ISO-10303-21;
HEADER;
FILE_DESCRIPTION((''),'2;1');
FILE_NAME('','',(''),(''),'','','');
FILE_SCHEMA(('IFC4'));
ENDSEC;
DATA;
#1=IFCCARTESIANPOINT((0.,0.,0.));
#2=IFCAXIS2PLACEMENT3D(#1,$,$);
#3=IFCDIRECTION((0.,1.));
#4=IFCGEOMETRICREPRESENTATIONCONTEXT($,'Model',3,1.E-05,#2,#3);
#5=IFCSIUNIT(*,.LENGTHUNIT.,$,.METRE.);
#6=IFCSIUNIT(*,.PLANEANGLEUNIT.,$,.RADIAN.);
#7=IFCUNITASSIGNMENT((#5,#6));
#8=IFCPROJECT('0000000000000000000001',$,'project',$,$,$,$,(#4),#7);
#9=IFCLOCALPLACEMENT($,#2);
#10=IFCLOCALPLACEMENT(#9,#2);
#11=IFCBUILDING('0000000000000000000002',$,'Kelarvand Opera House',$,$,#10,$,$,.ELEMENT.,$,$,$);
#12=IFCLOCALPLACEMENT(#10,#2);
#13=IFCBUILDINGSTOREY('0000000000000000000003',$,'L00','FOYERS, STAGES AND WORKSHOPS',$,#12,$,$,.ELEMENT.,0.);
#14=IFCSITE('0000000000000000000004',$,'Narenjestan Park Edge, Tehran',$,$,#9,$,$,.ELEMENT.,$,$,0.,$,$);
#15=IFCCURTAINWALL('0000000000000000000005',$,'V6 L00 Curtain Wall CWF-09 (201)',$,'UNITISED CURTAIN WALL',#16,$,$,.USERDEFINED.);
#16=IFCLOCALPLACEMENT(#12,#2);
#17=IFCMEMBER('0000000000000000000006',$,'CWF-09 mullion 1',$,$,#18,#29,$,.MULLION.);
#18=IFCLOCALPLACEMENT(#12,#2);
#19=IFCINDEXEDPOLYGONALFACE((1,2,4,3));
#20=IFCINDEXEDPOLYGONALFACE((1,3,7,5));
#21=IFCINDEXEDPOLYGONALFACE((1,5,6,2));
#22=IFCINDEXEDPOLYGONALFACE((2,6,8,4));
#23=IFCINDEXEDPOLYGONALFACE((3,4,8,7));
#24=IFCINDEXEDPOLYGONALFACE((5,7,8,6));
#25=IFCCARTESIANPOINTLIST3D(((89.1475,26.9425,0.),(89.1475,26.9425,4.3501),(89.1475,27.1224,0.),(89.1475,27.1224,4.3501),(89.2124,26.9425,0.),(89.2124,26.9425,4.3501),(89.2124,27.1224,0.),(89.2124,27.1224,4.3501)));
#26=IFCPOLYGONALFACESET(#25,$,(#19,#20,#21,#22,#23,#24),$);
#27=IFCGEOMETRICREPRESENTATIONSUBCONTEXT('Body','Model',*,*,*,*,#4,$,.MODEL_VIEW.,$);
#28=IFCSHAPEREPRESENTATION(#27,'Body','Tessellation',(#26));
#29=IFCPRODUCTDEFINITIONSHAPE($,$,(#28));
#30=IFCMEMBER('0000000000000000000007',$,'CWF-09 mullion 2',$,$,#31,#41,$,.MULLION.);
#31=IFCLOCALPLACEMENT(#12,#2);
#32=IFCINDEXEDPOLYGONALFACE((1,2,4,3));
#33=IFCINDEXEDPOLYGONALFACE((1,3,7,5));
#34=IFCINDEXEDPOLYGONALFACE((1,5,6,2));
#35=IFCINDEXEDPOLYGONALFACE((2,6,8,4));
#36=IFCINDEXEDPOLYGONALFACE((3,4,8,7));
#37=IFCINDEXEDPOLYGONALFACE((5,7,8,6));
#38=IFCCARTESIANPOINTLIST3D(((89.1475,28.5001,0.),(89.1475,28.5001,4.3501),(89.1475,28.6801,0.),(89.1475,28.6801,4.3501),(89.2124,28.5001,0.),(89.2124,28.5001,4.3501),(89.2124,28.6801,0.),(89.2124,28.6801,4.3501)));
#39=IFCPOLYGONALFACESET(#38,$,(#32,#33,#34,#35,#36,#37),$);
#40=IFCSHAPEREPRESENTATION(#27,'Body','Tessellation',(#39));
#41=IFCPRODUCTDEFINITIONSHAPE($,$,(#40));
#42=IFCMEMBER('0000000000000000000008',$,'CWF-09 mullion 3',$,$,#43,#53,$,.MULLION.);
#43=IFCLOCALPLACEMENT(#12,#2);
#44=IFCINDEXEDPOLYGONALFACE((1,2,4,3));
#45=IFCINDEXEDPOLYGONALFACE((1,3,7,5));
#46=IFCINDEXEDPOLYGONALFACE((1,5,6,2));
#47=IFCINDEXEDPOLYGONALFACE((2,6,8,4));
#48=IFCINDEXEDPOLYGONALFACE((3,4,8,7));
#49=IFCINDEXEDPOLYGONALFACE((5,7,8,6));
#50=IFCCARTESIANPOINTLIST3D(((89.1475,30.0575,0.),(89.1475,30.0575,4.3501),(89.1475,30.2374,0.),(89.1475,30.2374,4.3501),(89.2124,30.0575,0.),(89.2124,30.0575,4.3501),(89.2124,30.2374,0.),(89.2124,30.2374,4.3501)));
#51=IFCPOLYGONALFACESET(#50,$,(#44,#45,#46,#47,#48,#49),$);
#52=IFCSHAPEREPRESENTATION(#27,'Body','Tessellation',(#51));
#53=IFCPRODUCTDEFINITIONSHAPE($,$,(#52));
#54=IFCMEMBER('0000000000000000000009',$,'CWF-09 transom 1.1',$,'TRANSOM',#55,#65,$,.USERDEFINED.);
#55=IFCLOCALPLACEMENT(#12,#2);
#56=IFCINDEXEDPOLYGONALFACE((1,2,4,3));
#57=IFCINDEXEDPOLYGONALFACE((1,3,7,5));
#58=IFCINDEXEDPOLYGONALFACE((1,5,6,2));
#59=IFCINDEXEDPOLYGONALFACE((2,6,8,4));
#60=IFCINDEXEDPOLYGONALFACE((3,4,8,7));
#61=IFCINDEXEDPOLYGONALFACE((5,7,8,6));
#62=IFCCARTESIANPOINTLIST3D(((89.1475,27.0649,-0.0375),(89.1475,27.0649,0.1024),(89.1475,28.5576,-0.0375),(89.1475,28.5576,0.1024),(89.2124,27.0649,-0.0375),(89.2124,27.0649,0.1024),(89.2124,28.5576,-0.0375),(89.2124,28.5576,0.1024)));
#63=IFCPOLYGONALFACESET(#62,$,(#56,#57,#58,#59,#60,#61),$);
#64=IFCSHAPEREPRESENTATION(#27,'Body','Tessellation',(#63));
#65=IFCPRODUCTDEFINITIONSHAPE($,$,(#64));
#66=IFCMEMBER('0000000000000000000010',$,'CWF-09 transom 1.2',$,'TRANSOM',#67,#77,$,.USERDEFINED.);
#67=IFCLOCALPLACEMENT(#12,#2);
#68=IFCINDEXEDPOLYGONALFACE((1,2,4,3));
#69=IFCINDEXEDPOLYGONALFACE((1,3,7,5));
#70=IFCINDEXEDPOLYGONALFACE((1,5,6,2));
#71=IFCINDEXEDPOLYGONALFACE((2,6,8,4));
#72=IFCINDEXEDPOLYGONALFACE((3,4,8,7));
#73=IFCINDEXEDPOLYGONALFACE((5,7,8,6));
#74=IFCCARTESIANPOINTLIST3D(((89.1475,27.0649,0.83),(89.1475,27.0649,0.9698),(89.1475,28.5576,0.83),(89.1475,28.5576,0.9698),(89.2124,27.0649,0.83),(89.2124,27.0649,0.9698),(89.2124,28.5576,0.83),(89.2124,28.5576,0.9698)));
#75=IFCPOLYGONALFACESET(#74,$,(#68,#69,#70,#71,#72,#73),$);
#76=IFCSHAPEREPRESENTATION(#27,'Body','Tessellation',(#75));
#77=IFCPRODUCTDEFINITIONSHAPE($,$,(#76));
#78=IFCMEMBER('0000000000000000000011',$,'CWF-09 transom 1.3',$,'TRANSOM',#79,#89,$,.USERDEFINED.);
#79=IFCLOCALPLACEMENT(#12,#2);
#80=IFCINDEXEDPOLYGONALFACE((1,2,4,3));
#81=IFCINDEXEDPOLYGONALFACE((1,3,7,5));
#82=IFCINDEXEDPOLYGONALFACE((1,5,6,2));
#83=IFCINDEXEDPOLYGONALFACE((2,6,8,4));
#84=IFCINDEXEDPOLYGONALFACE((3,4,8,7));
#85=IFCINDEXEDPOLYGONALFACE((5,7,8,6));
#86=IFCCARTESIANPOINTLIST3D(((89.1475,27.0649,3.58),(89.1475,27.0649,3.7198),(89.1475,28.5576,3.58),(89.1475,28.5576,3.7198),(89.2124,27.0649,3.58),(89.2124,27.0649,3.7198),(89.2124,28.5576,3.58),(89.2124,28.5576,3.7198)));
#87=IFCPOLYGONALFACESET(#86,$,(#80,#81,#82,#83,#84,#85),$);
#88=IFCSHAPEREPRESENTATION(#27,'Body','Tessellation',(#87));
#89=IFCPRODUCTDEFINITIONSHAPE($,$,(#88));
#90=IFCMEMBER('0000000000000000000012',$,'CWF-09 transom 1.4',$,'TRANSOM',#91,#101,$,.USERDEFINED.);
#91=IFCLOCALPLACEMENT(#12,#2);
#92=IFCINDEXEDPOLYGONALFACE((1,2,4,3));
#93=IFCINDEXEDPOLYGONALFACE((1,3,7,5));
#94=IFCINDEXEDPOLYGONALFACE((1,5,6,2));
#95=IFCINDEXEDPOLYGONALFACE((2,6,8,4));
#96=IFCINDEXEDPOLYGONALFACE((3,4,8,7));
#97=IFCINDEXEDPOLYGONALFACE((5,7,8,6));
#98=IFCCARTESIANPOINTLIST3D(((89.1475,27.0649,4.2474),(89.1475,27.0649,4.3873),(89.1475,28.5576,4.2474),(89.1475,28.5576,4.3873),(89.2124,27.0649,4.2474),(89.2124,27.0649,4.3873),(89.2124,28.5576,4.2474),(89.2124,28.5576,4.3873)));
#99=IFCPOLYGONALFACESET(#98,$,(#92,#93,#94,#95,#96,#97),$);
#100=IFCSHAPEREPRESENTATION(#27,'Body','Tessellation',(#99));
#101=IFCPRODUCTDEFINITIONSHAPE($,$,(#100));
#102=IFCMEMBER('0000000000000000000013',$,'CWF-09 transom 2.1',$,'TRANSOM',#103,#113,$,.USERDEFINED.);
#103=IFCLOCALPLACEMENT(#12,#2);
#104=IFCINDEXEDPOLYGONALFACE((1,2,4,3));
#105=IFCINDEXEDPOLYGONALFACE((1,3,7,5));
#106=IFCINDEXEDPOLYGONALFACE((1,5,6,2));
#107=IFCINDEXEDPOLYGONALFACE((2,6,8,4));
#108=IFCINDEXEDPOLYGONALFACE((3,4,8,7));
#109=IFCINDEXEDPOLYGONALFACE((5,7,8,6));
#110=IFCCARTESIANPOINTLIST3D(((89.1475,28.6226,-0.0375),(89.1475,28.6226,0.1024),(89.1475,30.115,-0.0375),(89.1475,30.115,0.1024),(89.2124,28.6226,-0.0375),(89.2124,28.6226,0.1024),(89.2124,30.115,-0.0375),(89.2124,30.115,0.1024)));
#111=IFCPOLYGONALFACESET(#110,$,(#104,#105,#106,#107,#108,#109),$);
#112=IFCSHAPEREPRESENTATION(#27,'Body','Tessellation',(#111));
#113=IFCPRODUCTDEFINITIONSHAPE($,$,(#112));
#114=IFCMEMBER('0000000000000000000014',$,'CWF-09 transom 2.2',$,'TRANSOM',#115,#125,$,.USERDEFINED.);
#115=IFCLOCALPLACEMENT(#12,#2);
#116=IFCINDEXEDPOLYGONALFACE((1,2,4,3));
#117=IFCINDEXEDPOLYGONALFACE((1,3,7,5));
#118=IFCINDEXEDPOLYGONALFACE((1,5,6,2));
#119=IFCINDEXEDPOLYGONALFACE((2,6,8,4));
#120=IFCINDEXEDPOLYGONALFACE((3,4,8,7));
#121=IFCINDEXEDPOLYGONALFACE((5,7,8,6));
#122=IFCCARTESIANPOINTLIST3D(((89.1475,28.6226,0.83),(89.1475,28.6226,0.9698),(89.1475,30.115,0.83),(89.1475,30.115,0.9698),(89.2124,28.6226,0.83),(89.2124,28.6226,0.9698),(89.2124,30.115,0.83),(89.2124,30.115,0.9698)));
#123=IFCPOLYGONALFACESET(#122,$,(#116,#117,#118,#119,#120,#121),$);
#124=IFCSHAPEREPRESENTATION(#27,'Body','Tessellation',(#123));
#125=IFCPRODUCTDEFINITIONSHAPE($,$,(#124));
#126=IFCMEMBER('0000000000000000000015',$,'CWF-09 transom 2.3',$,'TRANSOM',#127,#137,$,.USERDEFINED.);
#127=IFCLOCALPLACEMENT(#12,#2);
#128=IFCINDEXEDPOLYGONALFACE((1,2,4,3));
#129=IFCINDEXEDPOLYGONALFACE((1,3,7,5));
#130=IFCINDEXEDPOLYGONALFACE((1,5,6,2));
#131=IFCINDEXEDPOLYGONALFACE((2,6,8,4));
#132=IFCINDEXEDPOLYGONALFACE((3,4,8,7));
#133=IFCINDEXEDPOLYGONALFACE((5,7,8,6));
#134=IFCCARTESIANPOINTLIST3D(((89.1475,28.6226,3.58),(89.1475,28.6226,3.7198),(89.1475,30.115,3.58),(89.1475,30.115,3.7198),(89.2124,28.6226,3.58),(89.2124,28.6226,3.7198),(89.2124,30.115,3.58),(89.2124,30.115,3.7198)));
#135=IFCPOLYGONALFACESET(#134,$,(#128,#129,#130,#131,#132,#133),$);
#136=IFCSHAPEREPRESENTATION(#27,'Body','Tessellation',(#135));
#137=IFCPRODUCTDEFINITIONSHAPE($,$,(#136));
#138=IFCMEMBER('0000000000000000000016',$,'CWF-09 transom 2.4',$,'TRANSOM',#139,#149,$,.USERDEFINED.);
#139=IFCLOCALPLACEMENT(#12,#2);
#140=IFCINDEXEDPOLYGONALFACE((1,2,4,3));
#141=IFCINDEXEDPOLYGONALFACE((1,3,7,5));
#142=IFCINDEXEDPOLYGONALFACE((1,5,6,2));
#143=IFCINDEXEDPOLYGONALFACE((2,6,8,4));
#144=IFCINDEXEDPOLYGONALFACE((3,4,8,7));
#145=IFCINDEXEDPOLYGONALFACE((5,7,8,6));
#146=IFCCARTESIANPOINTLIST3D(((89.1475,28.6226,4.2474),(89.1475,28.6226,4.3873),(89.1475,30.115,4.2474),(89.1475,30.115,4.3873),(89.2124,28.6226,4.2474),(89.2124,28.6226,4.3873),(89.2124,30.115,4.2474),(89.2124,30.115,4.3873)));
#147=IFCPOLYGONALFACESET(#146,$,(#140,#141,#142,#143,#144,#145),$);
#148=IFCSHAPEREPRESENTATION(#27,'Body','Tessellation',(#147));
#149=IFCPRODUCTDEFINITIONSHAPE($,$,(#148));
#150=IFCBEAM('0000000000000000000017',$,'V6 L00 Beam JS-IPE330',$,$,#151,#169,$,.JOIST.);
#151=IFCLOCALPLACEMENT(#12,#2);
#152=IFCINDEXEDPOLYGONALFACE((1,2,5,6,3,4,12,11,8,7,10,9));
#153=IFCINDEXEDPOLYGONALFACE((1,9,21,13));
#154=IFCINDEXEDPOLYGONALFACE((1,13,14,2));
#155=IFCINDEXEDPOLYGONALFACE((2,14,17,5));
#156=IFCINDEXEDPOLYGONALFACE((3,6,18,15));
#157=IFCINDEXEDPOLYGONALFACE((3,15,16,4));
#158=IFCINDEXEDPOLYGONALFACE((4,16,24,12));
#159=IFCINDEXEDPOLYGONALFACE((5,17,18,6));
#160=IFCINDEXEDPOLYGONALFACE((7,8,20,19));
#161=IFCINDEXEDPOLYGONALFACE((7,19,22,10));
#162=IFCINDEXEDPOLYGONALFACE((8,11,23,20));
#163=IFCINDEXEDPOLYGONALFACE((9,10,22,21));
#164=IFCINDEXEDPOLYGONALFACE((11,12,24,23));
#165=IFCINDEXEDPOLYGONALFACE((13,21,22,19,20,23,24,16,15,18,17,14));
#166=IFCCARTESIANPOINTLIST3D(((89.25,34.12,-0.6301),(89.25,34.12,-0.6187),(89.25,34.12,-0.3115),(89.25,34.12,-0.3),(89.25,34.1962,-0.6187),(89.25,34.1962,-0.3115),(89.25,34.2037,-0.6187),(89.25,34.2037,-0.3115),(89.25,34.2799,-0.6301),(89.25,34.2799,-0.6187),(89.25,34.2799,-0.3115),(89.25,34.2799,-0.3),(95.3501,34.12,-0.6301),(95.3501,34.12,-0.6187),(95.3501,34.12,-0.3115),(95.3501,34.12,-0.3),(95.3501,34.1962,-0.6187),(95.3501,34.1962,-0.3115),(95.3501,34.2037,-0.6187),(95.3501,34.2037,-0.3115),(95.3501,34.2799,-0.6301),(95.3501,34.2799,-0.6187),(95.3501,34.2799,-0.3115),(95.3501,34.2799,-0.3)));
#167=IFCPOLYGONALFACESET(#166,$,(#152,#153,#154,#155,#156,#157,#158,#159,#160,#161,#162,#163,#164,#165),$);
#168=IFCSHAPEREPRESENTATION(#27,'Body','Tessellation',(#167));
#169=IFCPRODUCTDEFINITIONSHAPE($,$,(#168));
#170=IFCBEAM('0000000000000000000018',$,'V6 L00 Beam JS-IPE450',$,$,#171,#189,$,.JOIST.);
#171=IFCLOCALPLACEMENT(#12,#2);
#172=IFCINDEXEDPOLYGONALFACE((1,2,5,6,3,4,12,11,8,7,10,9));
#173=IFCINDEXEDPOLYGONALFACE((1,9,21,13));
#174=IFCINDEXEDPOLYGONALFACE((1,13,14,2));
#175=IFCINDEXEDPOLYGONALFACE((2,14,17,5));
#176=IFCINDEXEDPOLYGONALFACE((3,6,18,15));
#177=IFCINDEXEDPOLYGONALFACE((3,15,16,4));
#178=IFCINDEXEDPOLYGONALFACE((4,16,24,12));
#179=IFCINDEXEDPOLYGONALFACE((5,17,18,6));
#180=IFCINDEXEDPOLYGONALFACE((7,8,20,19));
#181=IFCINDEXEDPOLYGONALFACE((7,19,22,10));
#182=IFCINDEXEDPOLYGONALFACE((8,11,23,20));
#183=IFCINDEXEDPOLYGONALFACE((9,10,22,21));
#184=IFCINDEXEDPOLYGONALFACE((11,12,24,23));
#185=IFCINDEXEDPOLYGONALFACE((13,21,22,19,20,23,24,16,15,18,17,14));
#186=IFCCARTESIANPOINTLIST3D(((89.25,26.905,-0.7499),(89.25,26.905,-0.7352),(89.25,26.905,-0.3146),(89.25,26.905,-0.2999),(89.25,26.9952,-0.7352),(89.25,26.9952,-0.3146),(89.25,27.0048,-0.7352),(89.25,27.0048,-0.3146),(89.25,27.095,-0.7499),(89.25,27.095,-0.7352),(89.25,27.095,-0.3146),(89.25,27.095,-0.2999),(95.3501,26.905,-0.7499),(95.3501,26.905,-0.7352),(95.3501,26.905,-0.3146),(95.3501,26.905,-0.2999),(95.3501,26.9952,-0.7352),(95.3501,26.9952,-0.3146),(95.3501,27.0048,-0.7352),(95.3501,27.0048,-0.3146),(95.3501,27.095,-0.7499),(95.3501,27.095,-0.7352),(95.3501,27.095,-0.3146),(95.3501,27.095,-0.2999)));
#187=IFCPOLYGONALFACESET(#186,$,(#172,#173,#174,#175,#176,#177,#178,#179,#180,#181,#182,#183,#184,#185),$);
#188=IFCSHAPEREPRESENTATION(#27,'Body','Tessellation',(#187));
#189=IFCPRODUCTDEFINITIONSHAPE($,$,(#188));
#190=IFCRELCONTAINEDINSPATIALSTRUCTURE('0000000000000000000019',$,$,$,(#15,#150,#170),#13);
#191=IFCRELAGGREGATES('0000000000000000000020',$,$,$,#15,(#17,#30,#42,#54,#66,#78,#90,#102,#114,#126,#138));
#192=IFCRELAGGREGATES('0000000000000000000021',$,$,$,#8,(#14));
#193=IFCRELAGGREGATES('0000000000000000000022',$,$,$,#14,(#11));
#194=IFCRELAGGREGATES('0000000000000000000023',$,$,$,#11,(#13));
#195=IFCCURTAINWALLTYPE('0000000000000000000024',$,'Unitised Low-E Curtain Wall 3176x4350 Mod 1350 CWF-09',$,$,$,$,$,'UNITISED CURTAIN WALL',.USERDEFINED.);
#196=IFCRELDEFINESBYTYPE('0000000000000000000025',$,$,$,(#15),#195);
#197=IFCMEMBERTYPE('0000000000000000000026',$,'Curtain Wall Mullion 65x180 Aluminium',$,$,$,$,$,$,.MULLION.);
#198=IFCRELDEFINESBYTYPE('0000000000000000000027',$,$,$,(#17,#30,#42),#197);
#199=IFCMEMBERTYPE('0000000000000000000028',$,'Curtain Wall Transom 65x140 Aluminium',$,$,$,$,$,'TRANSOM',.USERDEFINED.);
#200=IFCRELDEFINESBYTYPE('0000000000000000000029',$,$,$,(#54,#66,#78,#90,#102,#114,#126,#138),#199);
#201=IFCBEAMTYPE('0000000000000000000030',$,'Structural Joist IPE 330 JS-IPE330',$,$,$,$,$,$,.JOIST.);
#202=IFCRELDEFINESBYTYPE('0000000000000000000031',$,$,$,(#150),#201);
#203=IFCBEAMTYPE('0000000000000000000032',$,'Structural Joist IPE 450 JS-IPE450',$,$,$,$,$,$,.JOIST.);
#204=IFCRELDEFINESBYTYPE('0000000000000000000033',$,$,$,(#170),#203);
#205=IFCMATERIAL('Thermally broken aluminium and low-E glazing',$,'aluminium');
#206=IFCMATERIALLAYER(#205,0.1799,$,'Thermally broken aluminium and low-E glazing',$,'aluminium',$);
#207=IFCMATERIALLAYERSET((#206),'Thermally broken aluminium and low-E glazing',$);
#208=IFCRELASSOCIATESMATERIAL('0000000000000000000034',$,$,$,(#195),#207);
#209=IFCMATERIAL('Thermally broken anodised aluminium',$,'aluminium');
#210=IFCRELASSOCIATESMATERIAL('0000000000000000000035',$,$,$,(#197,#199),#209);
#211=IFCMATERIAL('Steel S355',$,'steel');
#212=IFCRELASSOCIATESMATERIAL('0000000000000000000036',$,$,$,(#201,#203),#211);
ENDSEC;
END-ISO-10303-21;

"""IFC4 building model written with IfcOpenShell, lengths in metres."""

from ifc_helpers import new_model, si_unit, direction, frame, origin, origin_2d, place, context, subcontext, project, spatial, rectangle, i_section, extrude, material, layer, layer_set, material_profile, profile_set, type_object, element, aggregate, save


model = new_model("IFC4")

# Units and contexts
model_context = context("Model", 3, precision=1e-05, world=origin(), true_north=direction((0.0, 1.0)))
body_context = subcontext(model_context, "Body", "Model", "MODEL_VIEW")
ifc_project = project(units=[si_unit("LENGTHUNIT", "METRE"), si_unit("PLANEANGLEUNIT", "RADIAN")], contexts=[model_context])

# Site, building, storey
site_placement = place(None, origin())
site = spatial("IfcSite", under=ifc_project, at=site_placement, Name="Narenjestan Park Edge, Tehran", CompositionType="ELEMENT", RefElevation=0.0)
building_placement = place(site_placement, origin())
building = spatial("IfcBuilding", under=site, at=building_placement, Name="Kelarvand Opera House", CompositionType="ELEMENT")
storey_placement = place(building_placement, origin())
storey = spatial("IfcBuildingStorey", under=building, at=storey_placement, Name="L00", Description="FOYERS, STAGES AND WORKSHOPS", CompositionType="ELEMENT", Elevation=0.0)

# Curtain wall, members
ifc_material_1 = material(Name="Thermally broken aluminium and low-E glazing", Category="aluminium")
ifc_layer_1 = layer(ifc_material_1, 0.1799, Name="Thermally broken aluminium and low-E glazing", Category="aluminium")
ifc_layer_set_1 = layer_set([ifc_layer_1], Name="Thermally broken aluminium and low-E glazing")
curtain_wall_type = type_object("IfcCurtainWallType", Name="Unitised Low-E Curtain Wall 3176x4350 Mod 1350 CWF-09", ElementType="UNITISED CURTAIN WALL", PredefinedType="USERDEFINED", material=ifc_layer_set_1)
curtain_wall_placement = place(storey_placement, origin())
curtain_wall = element("IfcCurtainWall", 1, at=curtain_wall_placement, inside=storey, type_object=curtain_wall_type, Name="V6 L00 Curtain Wall CWF-09 (201)", ObjectType="UNITISED CURTAIN WALL", PredefinedType="USERDEFINED")
ifc_material_2 = material(Name="Thermally broken anodised aluminium", Category="aluminium")
ifc_material_profile_1 = material_profile(ifc_material_2, rectangle(XDim=0.0649, YDim=0.1799, at=origin_2d()), Name="ALU MULLION 65x180", Category="aluminium")
ifc_profile_set_1 = profile_set([ifc_material_profile_1], Name="Thermally broken anodised aluminium")
member_type_1 = type_object("IfcMemberType", Name="Curtain Wall Mullion 65x180 Aluminium", PredefinedType="MULLION", material=ifc_profile_set_1)
member_1_placement = place(storey_placement, frame((89.1799, 27.0325, 0.0), z_axis=(0.0, 0.0, 1.0), x_axis=(-1.0, 0.0, 0.0)))
member_1 = element("IfcMember", 2, at=member_1_placement, type_object=member_type_1, Name="CWF-09 mullion 1", PredefinedType="MULLION", context=body_context, shape_type="SweptSolid", body=[
    extrude(rectangle(XDim=0.0649, YDim=0.1799, at=origin_2d()), origin(), (0.0, 0.0, 1.0), 4.3501),
])
member_2_placement = place(storey_placement, frame((89.1799, 28.5901, 0.0), z_axis=(0.0, 0.0, 1.0), x_axis=(-1.0, 0.0, 0.0)))
member_2 = element("IfcMember", 3, at=member_2_placement, type_object=member_type_1, Name="CWF-09 mullion 2", PredefinedType="MULLION", context=body_context, shape_type="SweptSolid", body=[
    extrude(rectangle(XDim=0.0649, YDim=0.1799, at=origin_2d()), origin(), (0.0, 0.0, 1.0), 4.3501),
])
member_3_placement = place(storey_placement, frame((89.1799, 30.1475, 0.0), z_axis=(0.0, 0.0, 1.0), x_axis=(-1.0, 0.0, 0.0)))
member_3 = element("IfcMember", 4, at=member_3_placement, type_object=member_type_1, Name="CWF-09 mullion 3", PredefinedType="MULLION", context=body_context, shape_type="SweptSolid", body=[
    extrude(rectangle(XDim=0.0649, YDim=0.1799, at=origin_2d()), origin(), (0.0, 0.0, 1.0), 4.3501),
])
ifc_material_profile_2 = material_profile(ifc_material_2, rectangle(XDim=0.0649, YDim=0.1399, at=origin_2d()), Name="ALU TRANSOM 65x140", Category="aluminium")
ifc_profile_set_2 = profile_set([ifc_material_profile_2], Name="Thermally broken anodised aluminium")
member_type_2 = type_object("IfcMemberType", Name="Curtain Wall Transom 65x140 Aluminium", ElementType="TRANSOM", PredefinedType="USERDEFINED", material=ifc_profile_set_2)
member_4_placement = place(storey_placement, frame((89.1799, 27.0649, 0.0325), z_axis=(0.0, 1.0, 0.0), x_axis=(-1.0, 0.0, 0.0)))
member_4 = element("IfcMember", 5, at=member_4_placement, type_object=member_type_2, Name="CWF-09 transom 1.1", ObjectType="TRANSOM", PredefinedType="USERDEFINED", context=body_context, shape_type="SweptSolid", body=[
    extrude(rectangle(XDim=0.0649, YDim=0.1399, at=origin_2d()), origin(), (0.0, 0.0, 1.0), 1.4927),
])
member_5_placement = place(storey_placement, frame((89.1799, 27.0649, 0.8999), z_axis=(0.0, 1.0, 0.0), x_axis=(-1.0, 0.0, 0.0)))
member_5 = element("IfcMember", 6, at=member_5_placement, type_object=member_type_2, Name="CWF-09 transom 1.2", ObjectType="TRANSOM", PredefinedType="USERDEFINED", context=body_context, shape_type="SweptSolid", body=[
    extrude(rectangle(XDim=0.0649, YDim=0.1399, at=origin_2d()), origin(), (0.0, 0.0, 1.0), 1.4927),
])
member_6_placement = place(storey_placement, frame((89.1799, 27.0649, 3.6499), z_axis=(0.0, 1.0, 0.0), x_axis=(-1.0, 0.0, 0.0)))
member_6 = element("IfcMember", 7, at=member_6_placement, type_object=member_type_2, Name="CWF-09 transom 1.3", ObjectType="TRANSOM", PredefinedType="USERDEFINED", context=body_context, shape_type="SweptSolid", body=[
    extrude(rectangle(XDim=0.0649, YDim=0.1399, at=origin_2d()), origin(), (0.0, 0.0, 1.0), 1.4927),
])
member_7_placement = place(storey_placement, frame((89.1799, 27.0649, 4.3174), z_axis=(0.0, 1.0, 0.0), x_axis=(-1.0, 0.0, 0.0)))
member_7 = element("IfcMember", 8, at=member_7_placement, type_object=member_type_2, Name="CWF-09 transom 1.4", ObjectType="TRANSOM", PredefinedType="USERDEFINED", context=body_context, shape_type="SweptSolid", body=[
    extrude(rectangle(XDim=0.0649, YDim=0.1399, at=origin_2d()), origin(), (0.0, 0.0, 1.0), 1.4927),
])
member_8_placement = place(storey_placement, frame((89.1799, 28.6226, 0.0325), z_axis=(0.0, 1.0, 0.0), x_axis=(-1.0, 0.0, 0.0)))
member_8 = element("IfcMember", 9, at=member_8_placement, type_object=member_type_2, Name="CWF-09 transom 2.1", ObjectType="TRANSOM", PredefinedType="USERDEFINED", context=body_context, shape_type="SweptSolid", body=[
    extrude(rectangle(XDim=0.0649, YDim=0.1399, at=origin_2d()), origin(), (0.0, 0.0, 1.0), 1.4924),
])
member_9_placement = place(storey_placement, frame((89.1799, 28.6226, 0.8999), z_axis=(0.0, 1.0, 0.0), x_axis=(-1.0, 0.0, 0.0)))
member_9 = element("IfcMember", 10, at=member_9_placement, type_object=member_type_2, Name="CWF-09 transom 2.2", ObjectType="TRANSOM", PredefinedType="USERDEFINED", context=body_context, shape_type="SweptSolid", body=[
    extrude(rectangle(XDim=0.0649, YDim=0.1399, at=origin_2d()), origin(), (0.0, 0.0, 1.0), 1.4924),
])
member_10_placement = place(storey_placement, frame((89.1799, 28.6226, 3.6499), z_axis=(0.0, 1.0, 0.0), x_axis=(-1.0, 0.0, 0.0)))
member_10 = element("IfcMember", 11, at=member_10_placement, type_object=member_type_2, Name="CWF-09 transom 2.3", ObjectType="TRANSOM", PredefinedType="USERDEFINED", context=body_context, shape_type="SweptSolid", body=[
    extrude(rectangle(XDim=0.0649, YDim=0.1399, at=origin_2d()), origin(), (0.0, 0.0, 1.0), 1.4924),
])
member_11_placement = place(storey_placement, frame((89.1799, 28.6226, 4.3174), z_axis=(0.0, 1.0, 0.0), x_axis=(-1.0, 0.0, 0.0)))
member_11 = element("IfcMember", 12, at=member_11_placement, type_object=member_type_2, Name="CWF-09 transom 2.4", ObjectType="TRANSOM", PredefinedType="USERDEFINED", context=body_context, shape_type="SweptSolid", body=[
    extrude(rectangle(XDim=0.0649, YDim=0.1399, at=origin_2d()), origin(), (0.0, 0.0, 1.0), 1.4924),
])

# Beams
ifc_material_3 = material(Name="Steel S355", Category="steel")
ifc_material_profile_3 = material_profile(ifc_material_3, i_section(OverallWidth=0.1599, OverallDepth=0.3301, WebThickness=0.0076, FlangeThickness=0.0115, at=origin_2d()), Name="IPE 330", Category="steel")
ifc_profile_set_3 = profile_set([ifc_material_profile_3], Name="Steel S355")
beam_type_1 = type_object("IfcBeamType", Name="Structural Joist IPE 330 JS-IPE330", PredefinedType="JOIST", material=ifc_profile_set_3)
beam_1_placement = place(storey_placement, frame((89.25, 34.2, -0.4651), z_axis=(1.0, 0.0, 0.0), x_axis=(0.0, 1.0, 0.0)))
element("IfcBeam", 13, at=beam_1_placement, inside=storey, type_object=beam_type_1, Name="V6 L00 Beam JS-IPE330", PredefinedType="JOIST", context=body_context, shape_type="SweptSolid", body=[
    extrude(i_section(OverallWidth=0.1599, OverallDepth=0.3301, WebThickness=0.0076, FlangeThickness=0.0115, at=origin_2d()), origin(), (0.0, 0.0, 1.0), 6.1001),
])
ifc_material_profile_4 = material_profile(ifc_material_3, i_section(OverallWidth=0.1899, OverallDepth=0.45, WebThickness=0.0095, FlangeThickness=0.0146, at=origin_2d()), Name="IPE 450", Category="steel")
ifc_profile_set_4 = profile_set([ifc_material_profile_4], Name="Steel S355")
beam_type_2 = type_object("IfcBeamType", Name="Structural Joist IPE 450 JS-IPE450", PredefinedType="JOIST", material=ifc_profile_set_4)
beam_2_placement = place(storey_placement, frame((89.25, 27.0, -0.5249), z_axis=(1.0, 0.0, 0.0), x_axis=(0.0, 1.0, 0.0)))
element("IfcBeam", 14, at=beam_2_placement, inside=storey, type_object=beam_type_2, Name="V6 L00 Beam JS-IPE450", PredefinedType="JOIST", context=body_context, shape_type="SweptSolid", body=[
    extrude(i_section(OverallWidth=0.1899, OverallDepth=0.45, WebThickness=0.0095, FlangeThickness=0.0146, at=origin_2d()), origin(), (0.0, 0.0, 1.0), 6.1001),
])

aggregate(curtain_wall, [member_1, member_2, member_3, member_4, member_5, member_6, member_7, member_8, member_9, member_10, member_11])

save(model, "model.ifc")
